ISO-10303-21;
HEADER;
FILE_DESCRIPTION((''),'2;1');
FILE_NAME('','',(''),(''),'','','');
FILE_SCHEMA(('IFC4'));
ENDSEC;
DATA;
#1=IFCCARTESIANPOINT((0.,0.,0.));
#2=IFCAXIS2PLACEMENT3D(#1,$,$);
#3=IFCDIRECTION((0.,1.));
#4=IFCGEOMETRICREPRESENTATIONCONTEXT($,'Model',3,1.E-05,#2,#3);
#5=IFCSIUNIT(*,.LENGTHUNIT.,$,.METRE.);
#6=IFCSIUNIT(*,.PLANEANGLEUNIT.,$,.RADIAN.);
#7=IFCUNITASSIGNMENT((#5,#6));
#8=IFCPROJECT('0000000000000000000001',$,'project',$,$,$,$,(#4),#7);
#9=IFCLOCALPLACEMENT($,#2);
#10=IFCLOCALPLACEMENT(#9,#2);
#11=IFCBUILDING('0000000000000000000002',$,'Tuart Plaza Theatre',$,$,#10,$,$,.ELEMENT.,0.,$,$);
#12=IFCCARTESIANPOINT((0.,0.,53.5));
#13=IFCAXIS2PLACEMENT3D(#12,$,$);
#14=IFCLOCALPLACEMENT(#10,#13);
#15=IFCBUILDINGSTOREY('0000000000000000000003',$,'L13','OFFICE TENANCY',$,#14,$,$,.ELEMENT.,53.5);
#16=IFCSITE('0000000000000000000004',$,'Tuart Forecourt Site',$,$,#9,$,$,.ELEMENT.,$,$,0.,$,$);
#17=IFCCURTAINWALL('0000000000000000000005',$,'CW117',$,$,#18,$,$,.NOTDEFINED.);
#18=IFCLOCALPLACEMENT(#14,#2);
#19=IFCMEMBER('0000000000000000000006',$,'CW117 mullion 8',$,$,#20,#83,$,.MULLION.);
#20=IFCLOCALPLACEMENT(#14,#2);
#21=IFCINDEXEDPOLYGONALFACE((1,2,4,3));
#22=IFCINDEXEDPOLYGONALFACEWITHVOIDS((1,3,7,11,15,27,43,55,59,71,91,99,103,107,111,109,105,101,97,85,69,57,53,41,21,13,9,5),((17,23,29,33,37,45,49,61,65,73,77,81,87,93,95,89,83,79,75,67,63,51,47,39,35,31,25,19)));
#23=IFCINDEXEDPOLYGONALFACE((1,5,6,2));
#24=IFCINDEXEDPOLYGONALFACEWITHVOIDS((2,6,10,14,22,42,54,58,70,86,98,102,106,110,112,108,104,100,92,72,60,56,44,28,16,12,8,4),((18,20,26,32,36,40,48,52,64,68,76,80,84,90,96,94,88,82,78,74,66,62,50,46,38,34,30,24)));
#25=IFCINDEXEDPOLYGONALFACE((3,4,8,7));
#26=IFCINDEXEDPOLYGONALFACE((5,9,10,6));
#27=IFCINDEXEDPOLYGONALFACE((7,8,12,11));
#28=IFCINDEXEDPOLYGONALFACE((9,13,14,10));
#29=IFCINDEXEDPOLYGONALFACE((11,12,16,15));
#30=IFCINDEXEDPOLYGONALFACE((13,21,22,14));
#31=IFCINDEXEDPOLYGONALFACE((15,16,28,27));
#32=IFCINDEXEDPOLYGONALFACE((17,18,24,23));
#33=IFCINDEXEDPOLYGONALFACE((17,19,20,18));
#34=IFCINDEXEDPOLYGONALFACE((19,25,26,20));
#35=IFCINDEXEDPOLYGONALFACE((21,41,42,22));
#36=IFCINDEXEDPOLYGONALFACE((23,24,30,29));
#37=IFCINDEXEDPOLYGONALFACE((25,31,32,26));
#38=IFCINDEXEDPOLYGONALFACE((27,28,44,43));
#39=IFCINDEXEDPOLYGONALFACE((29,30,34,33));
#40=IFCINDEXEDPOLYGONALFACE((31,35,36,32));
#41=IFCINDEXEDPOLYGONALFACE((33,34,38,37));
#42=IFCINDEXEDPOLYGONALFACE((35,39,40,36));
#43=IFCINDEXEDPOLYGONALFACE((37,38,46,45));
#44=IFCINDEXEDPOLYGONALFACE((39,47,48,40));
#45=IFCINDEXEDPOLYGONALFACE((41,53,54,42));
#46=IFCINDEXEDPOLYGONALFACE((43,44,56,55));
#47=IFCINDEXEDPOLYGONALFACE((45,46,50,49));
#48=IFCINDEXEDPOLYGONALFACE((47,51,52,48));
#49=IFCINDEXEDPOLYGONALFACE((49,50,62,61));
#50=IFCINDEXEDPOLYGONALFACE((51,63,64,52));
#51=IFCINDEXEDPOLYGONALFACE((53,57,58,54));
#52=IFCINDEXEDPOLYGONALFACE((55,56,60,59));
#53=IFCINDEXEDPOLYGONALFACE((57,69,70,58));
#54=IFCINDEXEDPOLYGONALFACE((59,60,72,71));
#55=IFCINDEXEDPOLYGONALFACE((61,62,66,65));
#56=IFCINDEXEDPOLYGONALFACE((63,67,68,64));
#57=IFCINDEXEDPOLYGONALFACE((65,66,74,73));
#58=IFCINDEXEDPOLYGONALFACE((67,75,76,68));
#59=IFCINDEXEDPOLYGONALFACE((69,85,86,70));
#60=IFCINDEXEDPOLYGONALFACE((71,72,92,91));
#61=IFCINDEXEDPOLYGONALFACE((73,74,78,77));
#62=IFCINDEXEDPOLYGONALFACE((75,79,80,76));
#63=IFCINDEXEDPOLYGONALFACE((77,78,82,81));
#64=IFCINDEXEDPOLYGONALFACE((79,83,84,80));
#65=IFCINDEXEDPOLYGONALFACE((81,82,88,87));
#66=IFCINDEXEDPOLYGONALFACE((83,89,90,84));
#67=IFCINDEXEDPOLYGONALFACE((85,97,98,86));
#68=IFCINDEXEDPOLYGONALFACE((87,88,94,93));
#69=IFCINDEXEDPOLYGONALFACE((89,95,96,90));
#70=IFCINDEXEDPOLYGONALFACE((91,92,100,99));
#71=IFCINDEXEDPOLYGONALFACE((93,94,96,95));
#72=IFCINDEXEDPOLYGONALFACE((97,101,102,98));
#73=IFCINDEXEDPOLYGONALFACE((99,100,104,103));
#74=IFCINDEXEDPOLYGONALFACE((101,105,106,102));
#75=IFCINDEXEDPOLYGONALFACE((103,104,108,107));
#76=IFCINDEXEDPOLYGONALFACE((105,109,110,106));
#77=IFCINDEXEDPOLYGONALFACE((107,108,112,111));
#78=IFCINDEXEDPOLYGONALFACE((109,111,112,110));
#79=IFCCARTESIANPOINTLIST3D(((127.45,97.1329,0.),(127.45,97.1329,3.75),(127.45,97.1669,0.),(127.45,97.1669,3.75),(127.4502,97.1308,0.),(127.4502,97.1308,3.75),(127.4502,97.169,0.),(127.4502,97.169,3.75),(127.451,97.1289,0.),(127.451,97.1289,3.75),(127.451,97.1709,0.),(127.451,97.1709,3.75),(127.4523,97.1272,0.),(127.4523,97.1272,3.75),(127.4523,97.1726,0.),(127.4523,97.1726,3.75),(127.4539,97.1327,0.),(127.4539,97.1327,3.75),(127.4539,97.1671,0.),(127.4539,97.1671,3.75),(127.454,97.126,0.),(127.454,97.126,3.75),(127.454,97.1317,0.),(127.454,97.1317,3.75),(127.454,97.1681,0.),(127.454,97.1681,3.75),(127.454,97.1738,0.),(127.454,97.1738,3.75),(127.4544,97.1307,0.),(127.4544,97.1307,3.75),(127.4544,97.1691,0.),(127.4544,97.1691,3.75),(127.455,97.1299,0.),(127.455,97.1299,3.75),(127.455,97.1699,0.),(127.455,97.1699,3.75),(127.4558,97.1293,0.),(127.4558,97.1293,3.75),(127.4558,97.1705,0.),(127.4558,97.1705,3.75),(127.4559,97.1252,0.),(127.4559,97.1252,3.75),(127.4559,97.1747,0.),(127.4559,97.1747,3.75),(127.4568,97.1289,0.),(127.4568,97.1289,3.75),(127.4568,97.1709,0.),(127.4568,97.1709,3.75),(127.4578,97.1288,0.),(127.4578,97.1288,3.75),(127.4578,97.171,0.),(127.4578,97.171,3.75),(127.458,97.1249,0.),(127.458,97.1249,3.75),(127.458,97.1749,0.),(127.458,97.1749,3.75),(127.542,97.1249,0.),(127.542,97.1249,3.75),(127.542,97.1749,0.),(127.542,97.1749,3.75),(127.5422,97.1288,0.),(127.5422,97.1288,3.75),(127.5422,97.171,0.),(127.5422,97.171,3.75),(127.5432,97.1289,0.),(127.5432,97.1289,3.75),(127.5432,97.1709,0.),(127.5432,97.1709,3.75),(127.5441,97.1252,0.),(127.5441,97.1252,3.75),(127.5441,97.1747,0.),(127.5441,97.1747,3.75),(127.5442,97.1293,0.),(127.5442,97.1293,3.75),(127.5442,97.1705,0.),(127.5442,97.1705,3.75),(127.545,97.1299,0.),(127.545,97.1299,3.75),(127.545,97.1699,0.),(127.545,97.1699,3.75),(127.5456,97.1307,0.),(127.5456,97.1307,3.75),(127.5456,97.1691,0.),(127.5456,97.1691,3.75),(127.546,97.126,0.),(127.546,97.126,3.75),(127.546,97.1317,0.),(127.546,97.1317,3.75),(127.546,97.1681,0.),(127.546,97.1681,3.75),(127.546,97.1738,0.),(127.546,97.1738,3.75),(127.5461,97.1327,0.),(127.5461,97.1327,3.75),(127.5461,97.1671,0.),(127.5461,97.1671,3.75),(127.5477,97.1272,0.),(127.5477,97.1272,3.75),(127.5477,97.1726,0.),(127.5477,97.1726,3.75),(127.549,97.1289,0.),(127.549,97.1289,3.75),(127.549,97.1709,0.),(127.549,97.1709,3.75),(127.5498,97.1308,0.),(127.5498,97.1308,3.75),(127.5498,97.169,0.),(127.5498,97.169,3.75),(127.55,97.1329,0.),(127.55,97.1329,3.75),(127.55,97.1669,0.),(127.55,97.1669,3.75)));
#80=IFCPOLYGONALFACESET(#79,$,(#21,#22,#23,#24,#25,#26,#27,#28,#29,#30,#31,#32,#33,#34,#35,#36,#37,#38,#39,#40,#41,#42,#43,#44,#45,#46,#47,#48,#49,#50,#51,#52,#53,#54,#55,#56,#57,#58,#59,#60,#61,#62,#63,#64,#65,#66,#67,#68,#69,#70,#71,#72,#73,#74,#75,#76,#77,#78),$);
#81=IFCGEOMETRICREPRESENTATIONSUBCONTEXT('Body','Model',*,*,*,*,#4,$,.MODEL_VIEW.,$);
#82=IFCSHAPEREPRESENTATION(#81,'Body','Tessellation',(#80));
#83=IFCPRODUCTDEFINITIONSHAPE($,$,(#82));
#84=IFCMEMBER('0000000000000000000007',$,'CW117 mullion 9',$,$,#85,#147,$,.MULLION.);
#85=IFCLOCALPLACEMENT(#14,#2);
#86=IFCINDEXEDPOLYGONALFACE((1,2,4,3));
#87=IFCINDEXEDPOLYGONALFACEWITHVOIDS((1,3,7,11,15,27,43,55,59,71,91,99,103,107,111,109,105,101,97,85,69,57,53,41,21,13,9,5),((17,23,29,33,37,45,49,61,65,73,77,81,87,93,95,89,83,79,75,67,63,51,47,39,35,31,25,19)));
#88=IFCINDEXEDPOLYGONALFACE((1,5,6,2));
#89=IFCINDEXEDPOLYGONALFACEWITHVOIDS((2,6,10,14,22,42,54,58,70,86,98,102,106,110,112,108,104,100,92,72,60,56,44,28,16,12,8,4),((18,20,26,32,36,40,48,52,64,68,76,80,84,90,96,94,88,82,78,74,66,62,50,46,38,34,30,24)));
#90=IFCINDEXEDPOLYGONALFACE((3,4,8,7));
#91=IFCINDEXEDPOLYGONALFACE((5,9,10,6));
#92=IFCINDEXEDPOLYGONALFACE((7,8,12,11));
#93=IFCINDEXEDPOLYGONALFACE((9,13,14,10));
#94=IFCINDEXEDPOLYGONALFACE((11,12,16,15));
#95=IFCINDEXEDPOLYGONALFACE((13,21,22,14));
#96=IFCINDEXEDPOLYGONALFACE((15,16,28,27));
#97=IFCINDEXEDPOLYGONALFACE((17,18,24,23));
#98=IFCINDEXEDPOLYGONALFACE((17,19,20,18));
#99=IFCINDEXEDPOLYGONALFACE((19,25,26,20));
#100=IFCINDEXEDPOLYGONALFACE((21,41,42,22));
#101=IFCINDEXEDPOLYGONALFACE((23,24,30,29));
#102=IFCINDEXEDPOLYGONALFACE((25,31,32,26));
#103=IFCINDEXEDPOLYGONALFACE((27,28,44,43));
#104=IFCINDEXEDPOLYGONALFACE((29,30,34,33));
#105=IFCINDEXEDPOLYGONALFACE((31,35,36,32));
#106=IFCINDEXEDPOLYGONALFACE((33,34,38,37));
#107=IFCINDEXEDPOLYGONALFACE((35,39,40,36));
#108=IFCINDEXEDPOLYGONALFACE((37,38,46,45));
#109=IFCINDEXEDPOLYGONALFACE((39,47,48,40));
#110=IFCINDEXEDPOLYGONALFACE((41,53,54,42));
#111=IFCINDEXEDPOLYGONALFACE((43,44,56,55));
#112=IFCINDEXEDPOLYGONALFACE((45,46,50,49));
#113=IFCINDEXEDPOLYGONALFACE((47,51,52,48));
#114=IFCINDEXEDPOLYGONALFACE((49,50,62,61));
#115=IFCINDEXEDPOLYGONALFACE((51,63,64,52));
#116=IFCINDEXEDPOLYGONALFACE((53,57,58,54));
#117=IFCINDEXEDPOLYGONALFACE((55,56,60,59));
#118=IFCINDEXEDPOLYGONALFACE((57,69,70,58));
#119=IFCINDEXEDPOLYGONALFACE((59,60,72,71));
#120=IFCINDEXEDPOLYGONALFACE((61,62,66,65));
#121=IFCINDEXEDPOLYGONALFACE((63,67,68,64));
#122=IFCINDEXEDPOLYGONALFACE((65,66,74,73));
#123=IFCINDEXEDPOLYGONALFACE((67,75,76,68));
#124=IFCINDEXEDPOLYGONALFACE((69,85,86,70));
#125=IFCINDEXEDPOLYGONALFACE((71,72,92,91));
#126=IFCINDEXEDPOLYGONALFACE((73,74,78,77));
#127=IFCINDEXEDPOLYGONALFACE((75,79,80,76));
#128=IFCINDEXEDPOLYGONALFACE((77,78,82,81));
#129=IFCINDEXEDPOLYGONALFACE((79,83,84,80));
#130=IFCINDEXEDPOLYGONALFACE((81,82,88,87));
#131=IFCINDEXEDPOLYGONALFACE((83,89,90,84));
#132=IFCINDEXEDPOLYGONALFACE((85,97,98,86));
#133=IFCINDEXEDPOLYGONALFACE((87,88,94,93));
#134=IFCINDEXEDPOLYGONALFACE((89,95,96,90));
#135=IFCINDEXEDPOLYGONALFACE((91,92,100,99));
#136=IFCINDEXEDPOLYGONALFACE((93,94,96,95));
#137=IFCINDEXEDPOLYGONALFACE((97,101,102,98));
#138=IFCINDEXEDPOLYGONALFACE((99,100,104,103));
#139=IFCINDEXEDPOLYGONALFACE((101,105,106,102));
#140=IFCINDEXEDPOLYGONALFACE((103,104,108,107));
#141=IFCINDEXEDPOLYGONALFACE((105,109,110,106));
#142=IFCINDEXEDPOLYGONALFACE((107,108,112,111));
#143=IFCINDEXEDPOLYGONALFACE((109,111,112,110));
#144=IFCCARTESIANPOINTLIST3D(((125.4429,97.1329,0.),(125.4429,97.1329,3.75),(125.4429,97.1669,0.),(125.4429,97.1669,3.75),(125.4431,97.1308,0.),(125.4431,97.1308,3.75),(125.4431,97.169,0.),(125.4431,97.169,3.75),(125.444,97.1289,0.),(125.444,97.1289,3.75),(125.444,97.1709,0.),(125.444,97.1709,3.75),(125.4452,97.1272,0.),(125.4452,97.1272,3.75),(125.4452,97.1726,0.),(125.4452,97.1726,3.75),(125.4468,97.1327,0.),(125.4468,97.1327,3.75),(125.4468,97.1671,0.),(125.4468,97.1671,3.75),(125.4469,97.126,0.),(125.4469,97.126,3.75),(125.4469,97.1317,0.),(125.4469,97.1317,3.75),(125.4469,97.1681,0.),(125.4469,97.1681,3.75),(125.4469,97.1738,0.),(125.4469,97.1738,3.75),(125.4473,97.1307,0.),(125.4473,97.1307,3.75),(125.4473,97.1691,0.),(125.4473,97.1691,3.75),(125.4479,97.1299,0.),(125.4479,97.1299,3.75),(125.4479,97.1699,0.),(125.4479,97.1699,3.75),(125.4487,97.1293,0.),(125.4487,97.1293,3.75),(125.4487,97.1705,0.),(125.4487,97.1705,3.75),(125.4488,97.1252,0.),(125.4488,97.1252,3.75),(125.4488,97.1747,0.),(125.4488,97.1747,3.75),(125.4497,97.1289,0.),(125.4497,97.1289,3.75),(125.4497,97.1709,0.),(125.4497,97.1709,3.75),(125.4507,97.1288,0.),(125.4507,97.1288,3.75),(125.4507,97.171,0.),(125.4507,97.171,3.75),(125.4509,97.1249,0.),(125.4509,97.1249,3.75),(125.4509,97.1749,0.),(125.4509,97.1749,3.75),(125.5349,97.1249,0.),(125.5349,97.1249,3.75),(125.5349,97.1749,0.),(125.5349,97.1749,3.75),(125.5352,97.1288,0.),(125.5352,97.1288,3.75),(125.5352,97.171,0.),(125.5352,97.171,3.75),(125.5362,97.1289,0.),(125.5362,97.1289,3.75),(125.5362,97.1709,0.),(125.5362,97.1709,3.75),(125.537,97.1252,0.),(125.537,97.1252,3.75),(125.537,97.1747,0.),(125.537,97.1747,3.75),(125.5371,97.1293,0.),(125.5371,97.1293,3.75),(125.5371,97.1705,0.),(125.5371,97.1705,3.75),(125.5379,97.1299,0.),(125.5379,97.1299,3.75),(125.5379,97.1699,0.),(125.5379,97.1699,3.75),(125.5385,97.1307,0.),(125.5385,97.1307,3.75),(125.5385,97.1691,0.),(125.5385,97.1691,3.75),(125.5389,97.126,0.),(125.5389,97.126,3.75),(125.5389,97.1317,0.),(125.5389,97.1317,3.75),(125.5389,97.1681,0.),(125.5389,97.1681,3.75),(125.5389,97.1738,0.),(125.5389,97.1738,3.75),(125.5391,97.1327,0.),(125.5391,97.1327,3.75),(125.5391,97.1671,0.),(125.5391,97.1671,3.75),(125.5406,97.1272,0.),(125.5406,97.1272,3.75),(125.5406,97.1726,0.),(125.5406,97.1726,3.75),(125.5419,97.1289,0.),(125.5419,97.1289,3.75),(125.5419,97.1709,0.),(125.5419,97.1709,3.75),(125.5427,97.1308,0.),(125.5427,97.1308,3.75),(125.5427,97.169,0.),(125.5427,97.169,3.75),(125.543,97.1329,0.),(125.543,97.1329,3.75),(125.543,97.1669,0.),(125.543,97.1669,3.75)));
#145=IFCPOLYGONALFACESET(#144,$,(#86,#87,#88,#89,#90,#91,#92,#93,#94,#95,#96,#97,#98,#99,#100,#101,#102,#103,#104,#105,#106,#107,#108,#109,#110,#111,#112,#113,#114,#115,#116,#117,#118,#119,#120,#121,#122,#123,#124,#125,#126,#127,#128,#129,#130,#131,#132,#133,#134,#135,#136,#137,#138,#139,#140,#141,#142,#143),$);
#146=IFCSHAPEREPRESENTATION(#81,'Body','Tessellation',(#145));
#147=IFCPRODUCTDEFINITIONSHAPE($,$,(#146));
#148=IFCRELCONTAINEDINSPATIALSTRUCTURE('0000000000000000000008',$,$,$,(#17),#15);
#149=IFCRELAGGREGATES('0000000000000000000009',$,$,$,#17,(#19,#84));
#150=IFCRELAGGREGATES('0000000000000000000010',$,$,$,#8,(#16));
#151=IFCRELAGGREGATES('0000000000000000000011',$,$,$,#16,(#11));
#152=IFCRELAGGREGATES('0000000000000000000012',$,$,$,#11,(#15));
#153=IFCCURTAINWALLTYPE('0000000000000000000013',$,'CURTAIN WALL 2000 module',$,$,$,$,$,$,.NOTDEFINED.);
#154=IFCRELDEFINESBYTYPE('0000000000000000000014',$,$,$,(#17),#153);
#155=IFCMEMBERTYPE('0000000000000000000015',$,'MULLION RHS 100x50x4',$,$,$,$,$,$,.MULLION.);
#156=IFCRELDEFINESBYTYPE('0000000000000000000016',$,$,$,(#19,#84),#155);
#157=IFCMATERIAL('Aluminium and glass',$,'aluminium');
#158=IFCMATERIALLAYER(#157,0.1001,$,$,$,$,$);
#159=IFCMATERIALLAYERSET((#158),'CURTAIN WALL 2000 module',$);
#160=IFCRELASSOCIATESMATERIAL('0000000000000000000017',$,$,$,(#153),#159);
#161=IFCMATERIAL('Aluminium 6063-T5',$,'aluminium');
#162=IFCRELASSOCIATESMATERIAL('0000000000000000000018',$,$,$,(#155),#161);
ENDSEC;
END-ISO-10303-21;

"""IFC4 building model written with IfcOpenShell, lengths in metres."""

from ifc_helpers import new_model, si_unit, direction, frame, origin, origin_2d, place, context, subcontext, project, spatial, hollow_rectangle, extrude, material, layer, layer_set, material_profile, profile_set, type_object, element, aggregate, save


model = new_model("IFC4")

# Units and contexts
model_context = context("Model", 3, precision=1e-05, world=origin(), true_north=direction((0.0, 1.0)))
body_context = subcontext(model_context, "Body", "Model", "MODEL_VIEW")
ifc_project = project(units=[si_unit("LENGTHUNIT", "METRE"), si_unit("PLANEANGLEUNIT", "RADIAN")], contexts=[model_context])

# Site, building, storey
site_placement = place(None, origin())
site = spatial("IfcSite", under=ifc_project, at=site_placement, Name="Tuart Forecourt Site", CompositionType="ELEMENT", RefElevation=0.0)
building_placement = place(site_placement, origin())
building = spatial("IfcBuilding", under=site, at=building_placement, Name="Tuart Plaza Theatre", CompositionType="ELEMENT", ElevationOfRefHeight=0.0)
storey_placement = place(building_placement, frame((0.0, 0.0, 53.5)))
storey = spatial("IfcBuildingStorey", under=building, at=storey_placement, Name="L13", Description="OFFICE TENANCY", CompositionType="ELEMENT", Elevation=53.5)

# Curtain wall, members
ifc_material_1 = material(Name="Aluminium and glass", Category="aluminium")
ifc_layer_1 = layer(ifc_material_1, 0.1001)
ifc_layer_set_1 = layer_set([ifc_layer_1], Name="CURTAIN WALL 2000 module")
curtain_wall_type = type_object("IfcCurtainWallType", Name="CURTAIN WALL 2000 module", PredefinedType="NOTDEFINED", material=ifc_layer_set_1)
curtain_wall_placement = place(storey_placement, origin())
curtain_wall = element("IfcCurtainWall", 1, at=curtain_wall_placement, inside=storey, type_object=curtain_wall_type, Name="CW117", PredefinedType="NOTDEFINED")
ifc_material_2 = material(Name="Aluminium 6063-T5", Category="aluminium")
ifc_material_profile_1 = material_profile(ifc_material_2, hollow_rectangle(XDim=0.05, YDim=0.1001, WallThickness=0.0039, InnerFilletRadius=0.0039, OuterFilletRadius=0.0081, at=origin_2d()), Name="RHS 100x50x4")
ifc_profile_set_1 = profile_set([ifc_material_profile_1], Name="Aluminium 6063-T5")
member_type_1 = type_object("IfcMemberType", Name="MULLION RHS 100x50x4", PredefinedType="MULLION", material=ifc_profile_set_1)
member_1_placement = place(storey_placement, frame((127.5, 97.1499, 0.0), z_axis=(0.0, 0.0, 1.0), x_axis=(0.0, -1.0, 0.0)))
member_1 = element("IfcMember", 2, at=member_1_placement, type_object=member_type_1, Name="CW117 mullion 8", PredefinedType="MULLION", context=body_context, shape_type="SweptSolid", body=[
    extrude(hollow_rectangle(XDim=0.05, YDim=0.1001, WallThickness=0.0039, InnerFilletRadius=0.0039, OuterFilletRadius=0.0081, at=origin_2d()), origin(), (0.0, 0.0, 1.0), 3.75),
])
member_2_placement = place(storey_placement, frame((125.4929, 97.1499, 0.0), z_axis=(0.0, 0.0, 1.0), x_axis=(0.0, -1.0, 0.0)))
member_2 = element("IfcMember", 3, at=member_2_placement, type_object=member_type_1, Name="CW117 mullion 9", PredefinedType="MULLION", context=body_context, shape_type="SweptSolid", body=[
    extrude(hollow_rectangle(XDim=0.05, YDim=0.1001, WallThickness=0.0039, InnerFilletRadius=0.0039, OuterFilletRadius=0.0081, at=origin_2d()), origin(), (0.0, 0.0, 1.0), 3.75),
])
aggregate(curtain_wall, [member_1, member_2])

save(model, "model.ifc")
